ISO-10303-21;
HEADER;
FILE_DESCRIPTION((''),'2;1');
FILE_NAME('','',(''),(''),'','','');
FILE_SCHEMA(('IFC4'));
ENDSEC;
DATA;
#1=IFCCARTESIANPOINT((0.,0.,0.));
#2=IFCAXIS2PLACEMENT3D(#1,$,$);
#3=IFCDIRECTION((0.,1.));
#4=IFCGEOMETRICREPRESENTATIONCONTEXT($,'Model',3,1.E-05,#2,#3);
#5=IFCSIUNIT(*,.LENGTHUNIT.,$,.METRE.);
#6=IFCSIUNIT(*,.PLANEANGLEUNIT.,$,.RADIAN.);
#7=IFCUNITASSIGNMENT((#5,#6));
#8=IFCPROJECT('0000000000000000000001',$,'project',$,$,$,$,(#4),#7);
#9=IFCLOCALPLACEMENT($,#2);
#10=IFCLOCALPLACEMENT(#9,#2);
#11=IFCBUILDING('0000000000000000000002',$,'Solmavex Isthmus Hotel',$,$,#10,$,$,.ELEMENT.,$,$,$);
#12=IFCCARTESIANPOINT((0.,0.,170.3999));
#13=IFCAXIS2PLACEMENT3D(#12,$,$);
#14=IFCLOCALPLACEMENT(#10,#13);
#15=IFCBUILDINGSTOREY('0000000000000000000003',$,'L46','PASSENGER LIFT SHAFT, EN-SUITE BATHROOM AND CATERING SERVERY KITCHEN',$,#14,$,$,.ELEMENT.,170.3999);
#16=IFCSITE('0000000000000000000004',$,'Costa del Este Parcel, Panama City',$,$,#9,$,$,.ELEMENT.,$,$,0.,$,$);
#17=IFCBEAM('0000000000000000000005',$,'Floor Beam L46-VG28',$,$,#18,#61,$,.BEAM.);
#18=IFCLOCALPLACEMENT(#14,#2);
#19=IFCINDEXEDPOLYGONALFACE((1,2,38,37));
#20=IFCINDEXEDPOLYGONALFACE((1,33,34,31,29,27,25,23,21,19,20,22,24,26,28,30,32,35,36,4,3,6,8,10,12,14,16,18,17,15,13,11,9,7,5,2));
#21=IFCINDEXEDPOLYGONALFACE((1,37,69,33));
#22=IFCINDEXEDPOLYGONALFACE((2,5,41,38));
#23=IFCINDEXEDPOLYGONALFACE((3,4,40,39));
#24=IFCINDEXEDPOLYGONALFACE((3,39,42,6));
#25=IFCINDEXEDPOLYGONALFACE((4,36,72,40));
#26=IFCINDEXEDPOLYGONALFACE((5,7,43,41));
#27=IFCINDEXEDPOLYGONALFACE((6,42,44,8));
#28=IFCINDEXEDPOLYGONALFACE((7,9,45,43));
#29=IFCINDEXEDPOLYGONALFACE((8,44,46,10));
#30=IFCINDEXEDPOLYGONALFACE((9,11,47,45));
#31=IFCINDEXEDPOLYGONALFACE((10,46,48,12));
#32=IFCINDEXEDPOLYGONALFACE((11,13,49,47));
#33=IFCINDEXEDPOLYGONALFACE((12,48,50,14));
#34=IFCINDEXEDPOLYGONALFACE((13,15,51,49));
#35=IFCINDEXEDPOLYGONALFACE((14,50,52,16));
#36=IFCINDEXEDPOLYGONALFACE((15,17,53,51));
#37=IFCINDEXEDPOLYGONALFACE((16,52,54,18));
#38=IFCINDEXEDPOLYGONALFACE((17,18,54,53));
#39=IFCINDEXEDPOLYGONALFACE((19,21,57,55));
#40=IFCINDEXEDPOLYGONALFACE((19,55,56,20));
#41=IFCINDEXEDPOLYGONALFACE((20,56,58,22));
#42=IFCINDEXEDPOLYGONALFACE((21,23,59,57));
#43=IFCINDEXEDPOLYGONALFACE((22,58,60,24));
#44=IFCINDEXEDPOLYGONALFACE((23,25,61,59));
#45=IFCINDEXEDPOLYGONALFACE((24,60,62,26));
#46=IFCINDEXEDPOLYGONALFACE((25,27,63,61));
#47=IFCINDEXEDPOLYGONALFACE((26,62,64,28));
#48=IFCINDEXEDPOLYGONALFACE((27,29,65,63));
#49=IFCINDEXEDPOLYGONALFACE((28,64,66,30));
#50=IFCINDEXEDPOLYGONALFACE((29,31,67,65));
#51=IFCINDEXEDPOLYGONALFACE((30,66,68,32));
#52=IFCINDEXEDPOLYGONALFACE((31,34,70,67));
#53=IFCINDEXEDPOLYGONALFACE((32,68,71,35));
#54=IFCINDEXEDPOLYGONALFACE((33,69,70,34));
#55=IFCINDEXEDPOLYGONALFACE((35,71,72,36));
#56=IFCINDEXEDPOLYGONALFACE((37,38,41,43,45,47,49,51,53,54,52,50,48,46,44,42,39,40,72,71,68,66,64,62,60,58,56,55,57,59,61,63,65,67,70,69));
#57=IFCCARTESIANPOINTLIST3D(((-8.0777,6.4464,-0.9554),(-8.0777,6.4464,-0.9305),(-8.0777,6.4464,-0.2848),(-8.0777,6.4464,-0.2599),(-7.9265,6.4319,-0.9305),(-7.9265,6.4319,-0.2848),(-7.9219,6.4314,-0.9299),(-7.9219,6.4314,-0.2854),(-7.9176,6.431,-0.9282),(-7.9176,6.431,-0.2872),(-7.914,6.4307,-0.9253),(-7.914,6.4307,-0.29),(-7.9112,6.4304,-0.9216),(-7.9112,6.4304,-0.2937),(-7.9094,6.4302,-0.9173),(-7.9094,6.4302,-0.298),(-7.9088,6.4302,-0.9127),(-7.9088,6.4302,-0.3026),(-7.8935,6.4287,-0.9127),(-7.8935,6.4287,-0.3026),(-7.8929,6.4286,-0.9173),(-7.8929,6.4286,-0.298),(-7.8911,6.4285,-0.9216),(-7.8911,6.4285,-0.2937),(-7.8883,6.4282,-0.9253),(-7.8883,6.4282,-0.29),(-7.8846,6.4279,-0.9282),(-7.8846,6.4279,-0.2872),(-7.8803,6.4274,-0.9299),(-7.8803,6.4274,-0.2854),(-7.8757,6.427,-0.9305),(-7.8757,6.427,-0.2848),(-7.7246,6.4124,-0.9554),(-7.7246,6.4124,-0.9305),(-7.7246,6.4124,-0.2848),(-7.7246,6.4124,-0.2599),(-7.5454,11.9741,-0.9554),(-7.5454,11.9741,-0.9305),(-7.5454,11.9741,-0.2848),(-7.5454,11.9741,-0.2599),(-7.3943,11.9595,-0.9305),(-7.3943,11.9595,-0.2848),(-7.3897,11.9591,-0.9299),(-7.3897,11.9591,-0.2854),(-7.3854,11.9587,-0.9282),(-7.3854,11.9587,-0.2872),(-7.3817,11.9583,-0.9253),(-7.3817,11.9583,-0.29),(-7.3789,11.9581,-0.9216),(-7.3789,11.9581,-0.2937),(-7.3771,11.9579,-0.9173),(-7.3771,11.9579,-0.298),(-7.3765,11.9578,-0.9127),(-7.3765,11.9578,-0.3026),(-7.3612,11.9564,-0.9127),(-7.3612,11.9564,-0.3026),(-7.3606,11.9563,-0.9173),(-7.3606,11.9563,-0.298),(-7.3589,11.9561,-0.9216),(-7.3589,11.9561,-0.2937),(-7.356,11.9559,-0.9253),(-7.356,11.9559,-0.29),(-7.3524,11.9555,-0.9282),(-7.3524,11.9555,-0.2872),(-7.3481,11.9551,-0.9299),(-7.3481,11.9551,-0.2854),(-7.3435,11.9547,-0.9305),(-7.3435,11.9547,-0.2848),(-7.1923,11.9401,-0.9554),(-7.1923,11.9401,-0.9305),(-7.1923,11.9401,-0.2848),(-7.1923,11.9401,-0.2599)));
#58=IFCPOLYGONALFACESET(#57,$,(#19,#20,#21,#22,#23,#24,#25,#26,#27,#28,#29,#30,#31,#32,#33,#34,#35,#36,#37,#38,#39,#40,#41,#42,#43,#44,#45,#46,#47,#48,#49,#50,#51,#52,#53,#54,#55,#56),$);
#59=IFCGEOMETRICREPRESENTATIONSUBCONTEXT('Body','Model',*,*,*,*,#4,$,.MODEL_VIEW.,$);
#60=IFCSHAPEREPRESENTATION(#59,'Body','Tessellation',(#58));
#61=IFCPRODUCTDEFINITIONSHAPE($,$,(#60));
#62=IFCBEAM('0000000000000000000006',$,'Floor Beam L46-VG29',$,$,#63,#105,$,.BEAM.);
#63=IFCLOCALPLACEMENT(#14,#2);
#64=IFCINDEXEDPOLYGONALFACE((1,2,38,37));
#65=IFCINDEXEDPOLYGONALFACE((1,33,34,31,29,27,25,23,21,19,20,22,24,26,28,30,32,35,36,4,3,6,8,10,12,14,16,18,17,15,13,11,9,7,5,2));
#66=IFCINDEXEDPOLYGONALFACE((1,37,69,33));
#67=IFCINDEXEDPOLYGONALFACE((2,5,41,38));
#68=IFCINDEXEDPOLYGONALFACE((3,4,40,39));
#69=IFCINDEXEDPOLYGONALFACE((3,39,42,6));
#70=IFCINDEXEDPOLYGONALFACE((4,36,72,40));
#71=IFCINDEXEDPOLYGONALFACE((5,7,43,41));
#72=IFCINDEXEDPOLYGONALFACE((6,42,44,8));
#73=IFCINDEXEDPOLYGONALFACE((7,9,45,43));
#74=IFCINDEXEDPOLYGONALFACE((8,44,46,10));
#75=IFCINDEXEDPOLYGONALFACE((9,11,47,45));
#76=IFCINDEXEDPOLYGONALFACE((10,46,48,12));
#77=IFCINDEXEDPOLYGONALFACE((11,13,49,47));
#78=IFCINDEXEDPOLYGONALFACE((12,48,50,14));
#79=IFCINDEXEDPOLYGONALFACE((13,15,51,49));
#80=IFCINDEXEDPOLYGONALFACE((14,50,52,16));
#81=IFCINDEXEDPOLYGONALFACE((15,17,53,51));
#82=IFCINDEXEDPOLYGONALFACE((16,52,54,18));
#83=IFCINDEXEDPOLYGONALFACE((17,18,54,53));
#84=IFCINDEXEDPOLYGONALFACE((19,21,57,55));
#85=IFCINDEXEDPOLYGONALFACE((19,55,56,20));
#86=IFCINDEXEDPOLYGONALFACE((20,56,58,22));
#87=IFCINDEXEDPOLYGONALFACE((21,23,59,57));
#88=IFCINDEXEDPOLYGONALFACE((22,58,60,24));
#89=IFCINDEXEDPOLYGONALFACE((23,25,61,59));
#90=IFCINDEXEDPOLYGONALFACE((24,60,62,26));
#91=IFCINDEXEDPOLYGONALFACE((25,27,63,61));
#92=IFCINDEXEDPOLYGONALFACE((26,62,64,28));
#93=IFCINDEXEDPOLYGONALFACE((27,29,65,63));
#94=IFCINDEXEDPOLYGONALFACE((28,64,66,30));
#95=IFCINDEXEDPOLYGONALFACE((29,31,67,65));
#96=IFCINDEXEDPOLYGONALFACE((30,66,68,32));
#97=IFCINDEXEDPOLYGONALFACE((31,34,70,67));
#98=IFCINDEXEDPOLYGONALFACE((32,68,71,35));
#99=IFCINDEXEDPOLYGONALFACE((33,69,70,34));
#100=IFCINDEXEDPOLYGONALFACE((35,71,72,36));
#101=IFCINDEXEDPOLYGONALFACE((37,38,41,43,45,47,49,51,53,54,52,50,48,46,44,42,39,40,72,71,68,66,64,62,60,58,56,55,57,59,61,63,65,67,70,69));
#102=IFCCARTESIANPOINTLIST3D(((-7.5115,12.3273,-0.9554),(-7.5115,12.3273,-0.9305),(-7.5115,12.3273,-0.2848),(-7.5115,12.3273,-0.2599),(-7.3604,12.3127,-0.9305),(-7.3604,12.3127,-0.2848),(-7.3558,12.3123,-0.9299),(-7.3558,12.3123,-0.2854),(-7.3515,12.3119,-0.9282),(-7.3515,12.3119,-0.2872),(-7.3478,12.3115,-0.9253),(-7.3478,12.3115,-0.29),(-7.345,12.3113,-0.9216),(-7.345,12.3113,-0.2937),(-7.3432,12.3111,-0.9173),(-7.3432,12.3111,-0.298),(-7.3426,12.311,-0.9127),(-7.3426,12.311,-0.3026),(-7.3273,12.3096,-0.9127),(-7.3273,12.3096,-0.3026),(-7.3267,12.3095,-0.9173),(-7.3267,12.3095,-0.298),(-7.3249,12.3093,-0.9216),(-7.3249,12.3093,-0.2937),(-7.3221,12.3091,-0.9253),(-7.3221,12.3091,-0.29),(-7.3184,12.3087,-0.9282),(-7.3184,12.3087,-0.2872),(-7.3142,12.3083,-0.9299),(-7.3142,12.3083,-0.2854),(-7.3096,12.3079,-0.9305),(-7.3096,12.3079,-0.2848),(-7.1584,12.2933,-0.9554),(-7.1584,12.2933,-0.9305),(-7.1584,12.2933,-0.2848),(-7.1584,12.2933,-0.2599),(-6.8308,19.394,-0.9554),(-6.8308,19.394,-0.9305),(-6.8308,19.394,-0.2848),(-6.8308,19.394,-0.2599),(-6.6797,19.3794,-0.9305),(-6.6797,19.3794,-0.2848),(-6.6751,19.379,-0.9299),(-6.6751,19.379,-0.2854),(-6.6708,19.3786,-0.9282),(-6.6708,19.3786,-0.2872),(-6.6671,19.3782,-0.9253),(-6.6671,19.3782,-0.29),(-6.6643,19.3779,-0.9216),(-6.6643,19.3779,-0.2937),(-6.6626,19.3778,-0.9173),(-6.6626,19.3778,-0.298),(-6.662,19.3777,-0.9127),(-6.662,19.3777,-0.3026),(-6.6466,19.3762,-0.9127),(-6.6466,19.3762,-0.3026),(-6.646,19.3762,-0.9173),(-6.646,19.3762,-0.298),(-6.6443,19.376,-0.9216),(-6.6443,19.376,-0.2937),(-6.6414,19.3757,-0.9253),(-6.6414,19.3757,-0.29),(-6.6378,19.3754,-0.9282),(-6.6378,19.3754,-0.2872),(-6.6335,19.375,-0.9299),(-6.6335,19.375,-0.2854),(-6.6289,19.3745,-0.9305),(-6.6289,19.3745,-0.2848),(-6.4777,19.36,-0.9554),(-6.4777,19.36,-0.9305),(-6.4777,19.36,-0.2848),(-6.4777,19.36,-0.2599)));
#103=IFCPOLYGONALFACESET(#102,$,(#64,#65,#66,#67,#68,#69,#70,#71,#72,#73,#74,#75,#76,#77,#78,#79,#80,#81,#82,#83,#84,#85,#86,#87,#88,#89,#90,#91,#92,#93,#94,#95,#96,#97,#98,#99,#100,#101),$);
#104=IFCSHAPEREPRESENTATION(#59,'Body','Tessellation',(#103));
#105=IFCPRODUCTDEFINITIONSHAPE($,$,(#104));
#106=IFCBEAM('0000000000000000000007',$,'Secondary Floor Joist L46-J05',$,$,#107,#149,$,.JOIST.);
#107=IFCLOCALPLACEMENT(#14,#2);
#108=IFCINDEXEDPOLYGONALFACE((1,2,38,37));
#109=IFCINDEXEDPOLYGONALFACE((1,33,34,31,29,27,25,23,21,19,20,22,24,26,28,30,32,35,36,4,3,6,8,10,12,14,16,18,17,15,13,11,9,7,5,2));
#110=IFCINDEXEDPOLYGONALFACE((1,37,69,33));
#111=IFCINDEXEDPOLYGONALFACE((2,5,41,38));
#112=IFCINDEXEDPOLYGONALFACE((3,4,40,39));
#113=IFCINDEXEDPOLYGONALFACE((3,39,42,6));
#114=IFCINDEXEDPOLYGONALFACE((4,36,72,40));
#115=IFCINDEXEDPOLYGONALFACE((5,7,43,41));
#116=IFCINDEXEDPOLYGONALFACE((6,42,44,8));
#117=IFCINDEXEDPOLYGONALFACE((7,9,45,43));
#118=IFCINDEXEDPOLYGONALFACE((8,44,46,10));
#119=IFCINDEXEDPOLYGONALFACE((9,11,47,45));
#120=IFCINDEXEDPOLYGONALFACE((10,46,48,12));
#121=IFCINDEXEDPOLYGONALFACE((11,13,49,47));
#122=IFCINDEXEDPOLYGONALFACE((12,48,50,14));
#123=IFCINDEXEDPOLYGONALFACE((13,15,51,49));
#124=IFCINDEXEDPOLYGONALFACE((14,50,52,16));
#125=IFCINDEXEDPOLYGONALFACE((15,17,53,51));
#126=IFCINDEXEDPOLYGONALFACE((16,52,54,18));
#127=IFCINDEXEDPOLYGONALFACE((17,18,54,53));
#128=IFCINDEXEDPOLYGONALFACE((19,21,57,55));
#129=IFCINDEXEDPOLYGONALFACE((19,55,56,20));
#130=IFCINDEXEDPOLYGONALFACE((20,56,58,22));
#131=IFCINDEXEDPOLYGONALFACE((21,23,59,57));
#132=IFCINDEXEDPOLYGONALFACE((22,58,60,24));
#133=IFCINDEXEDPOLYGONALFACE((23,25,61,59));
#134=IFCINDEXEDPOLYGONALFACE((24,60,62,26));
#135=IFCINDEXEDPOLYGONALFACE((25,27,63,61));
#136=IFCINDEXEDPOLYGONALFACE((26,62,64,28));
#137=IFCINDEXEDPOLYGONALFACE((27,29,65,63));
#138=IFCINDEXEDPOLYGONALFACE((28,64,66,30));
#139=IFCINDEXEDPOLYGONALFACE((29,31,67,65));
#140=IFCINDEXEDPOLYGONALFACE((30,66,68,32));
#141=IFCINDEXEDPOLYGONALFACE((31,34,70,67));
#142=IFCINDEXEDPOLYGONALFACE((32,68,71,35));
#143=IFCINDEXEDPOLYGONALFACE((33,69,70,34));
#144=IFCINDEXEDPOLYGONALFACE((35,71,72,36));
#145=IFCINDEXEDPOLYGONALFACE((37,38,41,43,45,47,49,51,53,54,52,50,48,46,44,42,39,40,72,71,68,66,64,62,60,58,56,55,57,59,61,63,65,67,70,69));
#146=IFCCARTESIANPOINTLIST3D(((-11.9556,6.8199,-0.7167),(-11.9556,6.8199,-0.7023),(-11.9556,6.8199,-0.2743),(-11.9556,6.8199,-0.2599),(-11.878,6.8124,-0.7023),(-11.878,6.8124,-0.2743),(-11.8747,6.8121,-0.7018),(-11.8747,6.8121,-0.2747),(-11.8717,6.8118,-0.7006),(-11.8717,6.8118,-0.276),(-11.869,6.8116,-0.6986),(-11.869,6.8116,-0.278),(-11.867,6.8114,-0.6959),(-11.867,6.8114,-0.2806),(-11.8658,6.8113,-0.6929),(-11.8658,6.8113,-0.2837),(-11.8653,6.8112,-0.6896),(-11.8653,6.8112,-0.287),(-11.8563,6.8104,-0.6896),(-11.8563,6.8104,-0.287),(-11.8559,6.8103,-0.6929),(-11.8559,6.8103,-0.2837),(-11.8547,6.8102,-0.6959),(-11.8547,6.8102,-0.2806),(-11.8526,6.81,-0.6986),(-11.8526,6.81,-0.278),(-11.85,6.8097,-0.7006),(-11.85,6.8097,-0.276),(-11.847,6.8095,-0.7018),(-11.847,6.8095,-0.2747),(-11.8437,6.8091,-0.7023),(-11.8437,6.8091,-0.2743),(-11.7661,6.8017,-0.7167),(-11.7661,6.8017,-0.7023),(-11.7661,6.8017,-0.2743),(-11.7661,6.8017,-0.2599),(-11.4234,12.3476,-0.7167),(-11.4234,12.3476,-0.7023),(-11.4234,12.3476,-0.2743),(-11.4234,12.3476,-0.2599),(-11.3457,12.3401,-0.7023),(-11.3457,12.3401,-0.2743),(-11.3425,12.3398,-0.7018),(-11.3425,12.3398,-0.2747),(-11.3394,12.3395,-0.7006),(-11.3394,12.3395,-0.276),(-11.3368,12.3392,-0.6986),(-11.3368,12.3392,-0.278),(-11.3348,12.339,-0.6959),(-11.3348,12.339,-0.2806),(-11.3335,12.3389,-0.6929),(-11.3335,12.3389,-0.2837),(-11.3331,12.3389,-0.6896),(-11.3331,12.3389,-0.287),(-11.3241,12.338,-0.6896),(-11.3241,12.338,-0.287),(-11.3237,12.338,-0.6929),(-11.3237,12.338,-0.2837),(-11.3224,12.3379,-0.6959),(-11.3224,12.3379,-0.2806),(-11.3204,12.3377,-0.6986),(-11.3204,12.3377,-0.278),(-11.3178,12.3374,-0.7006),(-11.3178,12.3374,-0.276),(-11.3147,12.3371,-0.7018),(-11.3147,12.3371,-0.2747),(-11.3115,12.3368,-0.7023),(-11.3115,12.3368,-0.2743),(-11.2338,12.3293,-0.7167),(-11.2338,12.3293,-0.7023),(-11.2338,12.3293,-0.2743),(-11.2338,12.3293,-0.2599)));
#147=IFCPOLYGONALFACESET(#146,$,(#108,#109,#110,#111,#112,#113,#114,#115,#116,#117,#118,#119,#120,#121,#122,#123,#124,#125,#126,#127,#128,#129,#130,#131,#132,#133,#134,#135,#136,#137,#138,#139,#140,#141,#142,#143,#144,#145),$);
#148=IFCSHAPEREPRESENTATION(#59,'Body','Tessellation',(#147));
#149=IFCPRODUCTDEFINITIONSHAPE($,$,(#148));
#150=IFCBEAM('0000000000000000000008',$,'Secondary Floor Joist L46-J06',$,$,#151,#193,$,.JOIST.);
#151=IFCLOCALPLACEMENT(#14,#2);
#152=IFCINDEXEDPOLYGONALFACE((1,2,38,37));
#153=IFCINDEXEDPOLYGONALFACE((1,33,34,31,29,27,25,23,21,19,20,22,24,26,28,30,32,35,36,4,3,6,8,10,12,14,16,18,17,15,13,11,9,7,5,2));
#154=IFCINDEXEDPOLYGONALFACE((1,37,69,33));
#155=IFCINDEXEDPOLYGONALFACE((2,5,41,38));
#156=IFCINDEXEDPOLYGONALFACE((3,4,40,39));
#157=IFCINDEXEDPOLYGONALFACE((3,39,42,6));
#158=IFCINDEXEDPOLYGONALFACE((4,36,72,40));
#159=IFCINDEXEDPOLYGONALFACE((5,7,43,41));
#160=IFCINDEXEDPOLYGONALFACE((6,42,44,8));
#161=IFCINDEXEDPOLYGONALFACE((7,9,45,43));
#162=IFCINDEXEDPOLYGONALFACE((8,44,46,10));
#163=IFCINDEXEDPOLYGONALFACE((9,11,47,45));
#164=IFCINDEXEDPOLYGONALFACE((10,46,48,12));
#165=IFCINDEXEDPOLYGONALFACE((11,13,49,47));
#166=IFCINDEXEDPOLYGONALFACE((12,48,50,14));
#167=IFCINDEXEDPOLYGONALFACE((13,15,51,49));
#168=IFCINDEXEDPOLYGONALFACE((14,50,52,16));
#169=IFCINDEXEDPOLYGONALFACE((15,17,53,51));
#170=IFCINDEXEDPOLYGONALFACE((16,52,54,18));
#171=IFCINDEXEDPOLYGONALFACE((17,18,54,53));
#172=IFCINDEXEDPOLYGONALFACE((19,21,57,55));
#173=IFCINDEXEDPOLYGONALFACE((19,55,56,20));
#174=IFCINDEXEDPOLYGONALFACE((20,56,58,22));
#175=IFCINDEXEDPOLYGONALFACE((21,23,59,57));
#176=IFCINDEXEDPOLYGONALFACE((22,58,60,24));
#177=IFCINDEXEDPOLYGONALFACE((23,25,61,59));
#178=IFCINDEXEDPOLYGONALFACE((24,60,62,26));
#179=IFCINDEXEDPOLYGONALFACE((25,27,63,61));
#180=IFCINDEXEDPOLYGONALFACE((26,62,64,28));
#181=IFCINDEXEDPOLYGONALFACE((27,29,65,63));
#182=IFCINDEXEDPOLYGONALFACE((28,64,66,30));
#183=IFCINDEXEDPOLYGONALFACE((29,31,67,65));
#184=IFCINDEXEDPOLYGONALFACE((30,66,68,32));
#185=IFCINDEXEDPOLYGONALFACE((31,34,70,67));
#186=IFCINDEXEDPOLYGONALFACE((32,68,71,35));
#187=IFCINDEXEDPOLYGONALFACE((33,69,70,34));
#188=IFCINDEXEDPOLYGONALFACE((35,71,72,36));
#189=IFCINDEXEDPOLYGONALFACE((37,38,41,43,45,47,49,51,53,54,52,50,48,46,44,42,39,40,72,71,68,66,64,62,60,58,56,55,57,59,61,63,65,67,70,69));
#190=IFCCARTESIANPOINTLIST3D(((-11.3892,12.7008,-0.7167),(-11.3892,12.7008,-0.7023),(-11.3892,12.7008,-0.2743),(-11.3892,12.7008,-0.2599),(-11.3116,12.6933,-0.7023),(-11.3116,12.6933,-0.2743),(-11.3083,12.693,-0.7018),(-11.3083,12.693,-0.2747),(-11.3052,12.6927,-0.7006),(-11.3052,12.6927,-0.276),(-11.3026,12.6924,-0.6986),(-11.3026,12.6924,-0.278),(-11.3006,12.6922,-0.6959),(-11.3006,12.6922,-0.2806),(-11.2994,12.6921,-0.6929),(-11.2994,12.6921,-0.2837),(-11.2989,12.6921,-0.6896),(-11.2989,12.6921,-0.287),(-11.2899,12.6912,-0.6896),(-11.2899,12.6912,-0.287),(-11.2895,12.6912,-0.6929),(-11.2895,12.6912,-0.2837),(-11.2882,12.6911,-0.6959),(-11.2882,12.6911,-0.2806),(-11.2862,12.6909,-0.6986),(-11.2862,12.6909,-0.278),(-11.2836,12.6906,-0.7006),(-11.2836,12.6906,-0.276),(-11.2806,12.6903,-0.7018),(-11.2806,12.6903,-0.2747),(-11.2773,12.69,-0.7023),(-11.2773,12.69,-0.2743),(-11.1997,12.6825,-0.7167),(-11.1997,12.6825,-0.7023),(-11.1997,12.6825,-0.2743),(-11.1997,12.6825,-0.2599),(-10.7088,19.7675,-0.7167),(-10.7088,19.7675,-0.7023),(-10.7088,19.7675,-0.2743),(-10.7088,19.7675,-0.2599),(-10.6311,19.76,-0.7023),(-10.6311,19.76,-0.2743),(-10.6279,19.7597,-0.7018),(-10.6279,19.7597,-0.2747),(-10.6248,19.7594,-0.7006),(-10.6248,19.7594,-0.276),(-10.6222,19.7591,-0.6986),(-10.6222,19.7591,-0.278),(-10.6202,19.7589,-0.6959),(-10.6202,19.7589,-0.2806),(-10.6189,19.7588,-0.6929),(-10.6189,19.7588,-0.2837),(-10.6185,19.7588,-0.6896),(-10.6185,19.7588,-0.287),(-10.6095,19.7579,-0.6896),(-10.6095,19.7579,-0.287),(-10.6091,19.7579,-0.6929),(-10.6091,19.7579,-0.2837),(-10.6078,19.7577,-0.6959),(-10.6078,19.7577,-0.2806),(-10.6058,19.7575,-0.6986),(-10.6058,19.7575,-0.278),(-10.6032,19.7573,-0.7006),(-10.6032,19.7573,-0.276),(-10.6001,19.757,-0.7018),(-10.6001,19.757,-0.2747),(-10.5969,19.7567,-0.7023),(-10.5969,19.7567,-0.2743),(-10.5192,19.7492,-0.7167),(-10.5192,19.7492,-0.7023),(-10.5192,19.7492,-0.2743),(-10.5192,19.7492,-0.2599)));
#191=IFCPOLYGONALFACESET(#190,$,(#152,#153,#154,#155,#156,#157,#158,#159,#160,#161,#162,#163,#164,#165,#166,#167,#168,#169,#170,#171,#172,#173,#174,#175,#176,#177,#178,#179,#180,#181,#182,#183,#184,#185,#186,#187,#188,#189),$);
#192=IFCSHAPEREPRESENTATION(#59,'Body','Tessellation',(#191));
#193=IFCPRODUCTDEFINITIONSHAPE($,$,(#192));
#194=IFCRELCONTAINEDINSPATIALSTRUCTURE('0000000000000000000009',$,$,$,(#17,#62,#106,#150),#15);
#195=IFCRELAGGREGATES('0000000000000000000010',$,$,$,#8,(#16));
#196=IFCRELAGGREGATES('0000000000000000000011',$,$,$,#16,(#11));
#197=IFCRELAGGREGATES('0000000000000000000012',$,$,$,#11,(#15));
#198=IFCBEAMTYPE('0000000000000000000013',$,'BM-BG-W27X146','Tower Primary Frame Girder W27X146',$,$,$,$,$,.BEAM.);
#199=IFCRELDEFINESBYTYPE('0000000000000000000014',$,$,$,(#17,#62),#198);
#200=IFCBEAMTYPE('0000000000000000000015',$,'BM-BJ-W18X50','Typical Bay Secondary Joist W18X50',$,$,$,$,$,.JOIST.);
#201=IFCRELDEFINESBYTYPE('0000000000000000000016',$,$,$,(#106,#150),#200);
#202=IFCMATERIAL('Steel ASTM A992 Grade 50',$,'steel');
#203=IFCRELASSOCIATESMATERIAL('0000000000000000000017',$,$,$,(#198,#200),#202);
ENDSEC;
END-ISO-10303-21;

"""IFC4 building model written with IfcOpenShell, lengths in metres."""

from ifc_helpers import new_model, si_unit, direction, frame, origin, origin_2d, place, context, subcontext, project, spatial, i_section, extrude, material, material_profile, profile_set, type_object, element, save


model = new_model("IFC4")

# Units and contexts
model_context = context("Model", 3, precision=1e-05, world=origin(), true_north=direction((0.0, 1.0)))
body_context = subcontext(model_context, "Body", "Model", "MODEL_VIEW")
ifc_project = project(units=[si_unit("LENGTHUNIT", "METRE"), si_unit("PLANEANGLEUNIT", "RADIAN")], contexts=[model_context])

# Site, building, storey
site_placement = place(None, origin())
site = spatial("IfcSite", under=ifc_project, at=site_placement, Name="Costa del Este Parcel, Panama City", CompositionType="ELEMENT", RefElevation=0.0)
building_placement = place(site_placement, origin())
building = spatial("IfcBuilding", under=site, at=building_placement, Name="Solmavex Isthmus Hotel", CompositionType="ELEMENT")
storey_placement = place(building_placement, frame((0.0, 0.0, 170.3999)))
storey = spatial("IfcBuildingStorey", under=building, at=storey_placement, Name="L46", Description="PASSENGER LIFT SHAFT, EN-SUITE BATHROOM AND CATERING SERVERY KITCHEN", CompositionType="ELEMENT", Elevation=170.3999)

# Beams
ifc_material_1 = material(Name="Steel ASTM A992 Grade 50", Category="steel")
ifc_material_profile_1 = material_profile(ifc_material_1, i_section(OverallWidth=0.3547, OverallDepth=0.6956, WebThickness=0.0154, FlangeThickness=0.0249, FilletRadius=0.0178, at=origin_2d()), Name="W27X146")
ifc_profile_set_1 = profile_set([ifc_material_profile_1], Name="Steel ASTM A992 Grade 50")
beam_type_1 = type_object("IfcBeamType", Name="BM-BG-W27X146", Description="Tower Primary Frame Girder W27X146", PredefinedType="BEAM", material=ifc_profile_set_1)
beam_1_placement = place(storey_placement, frame((-7.9011, 6.4294, -0.6077), z_axis=(0.095842, 0.995397, 0.0), x_axis=(-0.995397, 0.095842, 0.0)))
element("IfcBeam", 1, at=beam_1_placement, inside=storey, type_object=beam_type_1, Name="Floor Beam L46-VG28", PredefinedType="BEAM", context=body_context, shape_type="SweptSolid", body=[
    extrude(i_section(OverallWidth=0.3547, OverallDepth=0.6956, WebThickness=0.0154, FlangeThickness=0.0249, FilletRadius=0.0178, at=origin_2d()), origin(), (0.0, 0.0, 1.0), 5.5532),
])
beam_2_placement = place(storey_placement, frame((-7.335, 12.3103, -0.6077), z_axis=(0.095877, 0.995393, 0.0), x_axis=(-0.995393, 0.095877, 0.0)))
element("IfcBeam", 2, at=beam_2_placement, inside=storey, type_object=beam_type_1, Name="Floor Beam L46-VG29", PredefinedType="BEAM", context=body_context, shape_type="SweptSolid", body=[
    extrude(i_section(OverallWidth=0.3547, OverallDepth=0.6956, WebThickness=0.0154, FlangeThickness=0.0249, FilletRadius=0.0178, at=origin_2d()), origin(), (0.0, 0.0, 1.0), 7.0994),
])
ifc_material_profile_2 = material_profile(ifc_material_1, i_section(OverallWidth=0.1904, OverallDepth=0.4568, WebThickness=0.009, FlangeThickness=0.0144, FilletRadius=0.0127, at=origin_2d()), Name="W18X50")
ifc_profile_set_2 = profile_set([ifc_material_profile_2], Name="Steel ASTM A992 Grade 50")
beam_type_2 = type_object("IfcBeamType", Name="BM-BJ-W18X50", Description="Typical Bay Secondary Joist W18X50", PredefinedType="JOIST", material=ifc_profile_set_2)
beam_3_placement = place(storey_placement, frame((-11.8608, 6.8108, -0.4883), z_axis=(0.095842, 0.995397, 0.0), x_axis=(-0.995397, 0.095842, 0.0)))
element("IfcBeam", 3, at=beam_3_placement, inside=storey, type_object=beam_type_2, Name="Secondary Floor Joist L46-J05", PredefinedType="JOIST", context=body_context, shape_type="SweptSolid", body=[
    extrude(i_section(OverallWidth=0.1904, OverallDepth=0.4568, WebThickness=0.009, FlangeThickness=0.0144, FilletRadius=0.0127, at=origin_2d()), origin(), (0.0, 0.0, 1.0), 5.5532),
])
beam_4_placement = place(storey_placement, frame((-11.2944, 12.6917, -0.4883), z_axis=(0.095843, 0.995396, 0.0), x_axis=(-0.995396, 0.095843, 0.0)))
element("IfcBeam", 4, at=beam_4_placement, inside=storey, type_object=beam_type_2, Name="Secondary Floor Joist L46-J06", PredefinedType="JOIST", context=body_context, shape_type="SweptSolid", body=[
    extrude(i_section(OverallWidth=0.1904, OverallDepth=0.4568, WebThickness=0.009, FlangeThickness=0.0144, FilletRadius=0.0127, at=origin_2d()), origin(), (0.0, 0.0, 1.0), 7.0994),
])

save(model, "model.ifc")
